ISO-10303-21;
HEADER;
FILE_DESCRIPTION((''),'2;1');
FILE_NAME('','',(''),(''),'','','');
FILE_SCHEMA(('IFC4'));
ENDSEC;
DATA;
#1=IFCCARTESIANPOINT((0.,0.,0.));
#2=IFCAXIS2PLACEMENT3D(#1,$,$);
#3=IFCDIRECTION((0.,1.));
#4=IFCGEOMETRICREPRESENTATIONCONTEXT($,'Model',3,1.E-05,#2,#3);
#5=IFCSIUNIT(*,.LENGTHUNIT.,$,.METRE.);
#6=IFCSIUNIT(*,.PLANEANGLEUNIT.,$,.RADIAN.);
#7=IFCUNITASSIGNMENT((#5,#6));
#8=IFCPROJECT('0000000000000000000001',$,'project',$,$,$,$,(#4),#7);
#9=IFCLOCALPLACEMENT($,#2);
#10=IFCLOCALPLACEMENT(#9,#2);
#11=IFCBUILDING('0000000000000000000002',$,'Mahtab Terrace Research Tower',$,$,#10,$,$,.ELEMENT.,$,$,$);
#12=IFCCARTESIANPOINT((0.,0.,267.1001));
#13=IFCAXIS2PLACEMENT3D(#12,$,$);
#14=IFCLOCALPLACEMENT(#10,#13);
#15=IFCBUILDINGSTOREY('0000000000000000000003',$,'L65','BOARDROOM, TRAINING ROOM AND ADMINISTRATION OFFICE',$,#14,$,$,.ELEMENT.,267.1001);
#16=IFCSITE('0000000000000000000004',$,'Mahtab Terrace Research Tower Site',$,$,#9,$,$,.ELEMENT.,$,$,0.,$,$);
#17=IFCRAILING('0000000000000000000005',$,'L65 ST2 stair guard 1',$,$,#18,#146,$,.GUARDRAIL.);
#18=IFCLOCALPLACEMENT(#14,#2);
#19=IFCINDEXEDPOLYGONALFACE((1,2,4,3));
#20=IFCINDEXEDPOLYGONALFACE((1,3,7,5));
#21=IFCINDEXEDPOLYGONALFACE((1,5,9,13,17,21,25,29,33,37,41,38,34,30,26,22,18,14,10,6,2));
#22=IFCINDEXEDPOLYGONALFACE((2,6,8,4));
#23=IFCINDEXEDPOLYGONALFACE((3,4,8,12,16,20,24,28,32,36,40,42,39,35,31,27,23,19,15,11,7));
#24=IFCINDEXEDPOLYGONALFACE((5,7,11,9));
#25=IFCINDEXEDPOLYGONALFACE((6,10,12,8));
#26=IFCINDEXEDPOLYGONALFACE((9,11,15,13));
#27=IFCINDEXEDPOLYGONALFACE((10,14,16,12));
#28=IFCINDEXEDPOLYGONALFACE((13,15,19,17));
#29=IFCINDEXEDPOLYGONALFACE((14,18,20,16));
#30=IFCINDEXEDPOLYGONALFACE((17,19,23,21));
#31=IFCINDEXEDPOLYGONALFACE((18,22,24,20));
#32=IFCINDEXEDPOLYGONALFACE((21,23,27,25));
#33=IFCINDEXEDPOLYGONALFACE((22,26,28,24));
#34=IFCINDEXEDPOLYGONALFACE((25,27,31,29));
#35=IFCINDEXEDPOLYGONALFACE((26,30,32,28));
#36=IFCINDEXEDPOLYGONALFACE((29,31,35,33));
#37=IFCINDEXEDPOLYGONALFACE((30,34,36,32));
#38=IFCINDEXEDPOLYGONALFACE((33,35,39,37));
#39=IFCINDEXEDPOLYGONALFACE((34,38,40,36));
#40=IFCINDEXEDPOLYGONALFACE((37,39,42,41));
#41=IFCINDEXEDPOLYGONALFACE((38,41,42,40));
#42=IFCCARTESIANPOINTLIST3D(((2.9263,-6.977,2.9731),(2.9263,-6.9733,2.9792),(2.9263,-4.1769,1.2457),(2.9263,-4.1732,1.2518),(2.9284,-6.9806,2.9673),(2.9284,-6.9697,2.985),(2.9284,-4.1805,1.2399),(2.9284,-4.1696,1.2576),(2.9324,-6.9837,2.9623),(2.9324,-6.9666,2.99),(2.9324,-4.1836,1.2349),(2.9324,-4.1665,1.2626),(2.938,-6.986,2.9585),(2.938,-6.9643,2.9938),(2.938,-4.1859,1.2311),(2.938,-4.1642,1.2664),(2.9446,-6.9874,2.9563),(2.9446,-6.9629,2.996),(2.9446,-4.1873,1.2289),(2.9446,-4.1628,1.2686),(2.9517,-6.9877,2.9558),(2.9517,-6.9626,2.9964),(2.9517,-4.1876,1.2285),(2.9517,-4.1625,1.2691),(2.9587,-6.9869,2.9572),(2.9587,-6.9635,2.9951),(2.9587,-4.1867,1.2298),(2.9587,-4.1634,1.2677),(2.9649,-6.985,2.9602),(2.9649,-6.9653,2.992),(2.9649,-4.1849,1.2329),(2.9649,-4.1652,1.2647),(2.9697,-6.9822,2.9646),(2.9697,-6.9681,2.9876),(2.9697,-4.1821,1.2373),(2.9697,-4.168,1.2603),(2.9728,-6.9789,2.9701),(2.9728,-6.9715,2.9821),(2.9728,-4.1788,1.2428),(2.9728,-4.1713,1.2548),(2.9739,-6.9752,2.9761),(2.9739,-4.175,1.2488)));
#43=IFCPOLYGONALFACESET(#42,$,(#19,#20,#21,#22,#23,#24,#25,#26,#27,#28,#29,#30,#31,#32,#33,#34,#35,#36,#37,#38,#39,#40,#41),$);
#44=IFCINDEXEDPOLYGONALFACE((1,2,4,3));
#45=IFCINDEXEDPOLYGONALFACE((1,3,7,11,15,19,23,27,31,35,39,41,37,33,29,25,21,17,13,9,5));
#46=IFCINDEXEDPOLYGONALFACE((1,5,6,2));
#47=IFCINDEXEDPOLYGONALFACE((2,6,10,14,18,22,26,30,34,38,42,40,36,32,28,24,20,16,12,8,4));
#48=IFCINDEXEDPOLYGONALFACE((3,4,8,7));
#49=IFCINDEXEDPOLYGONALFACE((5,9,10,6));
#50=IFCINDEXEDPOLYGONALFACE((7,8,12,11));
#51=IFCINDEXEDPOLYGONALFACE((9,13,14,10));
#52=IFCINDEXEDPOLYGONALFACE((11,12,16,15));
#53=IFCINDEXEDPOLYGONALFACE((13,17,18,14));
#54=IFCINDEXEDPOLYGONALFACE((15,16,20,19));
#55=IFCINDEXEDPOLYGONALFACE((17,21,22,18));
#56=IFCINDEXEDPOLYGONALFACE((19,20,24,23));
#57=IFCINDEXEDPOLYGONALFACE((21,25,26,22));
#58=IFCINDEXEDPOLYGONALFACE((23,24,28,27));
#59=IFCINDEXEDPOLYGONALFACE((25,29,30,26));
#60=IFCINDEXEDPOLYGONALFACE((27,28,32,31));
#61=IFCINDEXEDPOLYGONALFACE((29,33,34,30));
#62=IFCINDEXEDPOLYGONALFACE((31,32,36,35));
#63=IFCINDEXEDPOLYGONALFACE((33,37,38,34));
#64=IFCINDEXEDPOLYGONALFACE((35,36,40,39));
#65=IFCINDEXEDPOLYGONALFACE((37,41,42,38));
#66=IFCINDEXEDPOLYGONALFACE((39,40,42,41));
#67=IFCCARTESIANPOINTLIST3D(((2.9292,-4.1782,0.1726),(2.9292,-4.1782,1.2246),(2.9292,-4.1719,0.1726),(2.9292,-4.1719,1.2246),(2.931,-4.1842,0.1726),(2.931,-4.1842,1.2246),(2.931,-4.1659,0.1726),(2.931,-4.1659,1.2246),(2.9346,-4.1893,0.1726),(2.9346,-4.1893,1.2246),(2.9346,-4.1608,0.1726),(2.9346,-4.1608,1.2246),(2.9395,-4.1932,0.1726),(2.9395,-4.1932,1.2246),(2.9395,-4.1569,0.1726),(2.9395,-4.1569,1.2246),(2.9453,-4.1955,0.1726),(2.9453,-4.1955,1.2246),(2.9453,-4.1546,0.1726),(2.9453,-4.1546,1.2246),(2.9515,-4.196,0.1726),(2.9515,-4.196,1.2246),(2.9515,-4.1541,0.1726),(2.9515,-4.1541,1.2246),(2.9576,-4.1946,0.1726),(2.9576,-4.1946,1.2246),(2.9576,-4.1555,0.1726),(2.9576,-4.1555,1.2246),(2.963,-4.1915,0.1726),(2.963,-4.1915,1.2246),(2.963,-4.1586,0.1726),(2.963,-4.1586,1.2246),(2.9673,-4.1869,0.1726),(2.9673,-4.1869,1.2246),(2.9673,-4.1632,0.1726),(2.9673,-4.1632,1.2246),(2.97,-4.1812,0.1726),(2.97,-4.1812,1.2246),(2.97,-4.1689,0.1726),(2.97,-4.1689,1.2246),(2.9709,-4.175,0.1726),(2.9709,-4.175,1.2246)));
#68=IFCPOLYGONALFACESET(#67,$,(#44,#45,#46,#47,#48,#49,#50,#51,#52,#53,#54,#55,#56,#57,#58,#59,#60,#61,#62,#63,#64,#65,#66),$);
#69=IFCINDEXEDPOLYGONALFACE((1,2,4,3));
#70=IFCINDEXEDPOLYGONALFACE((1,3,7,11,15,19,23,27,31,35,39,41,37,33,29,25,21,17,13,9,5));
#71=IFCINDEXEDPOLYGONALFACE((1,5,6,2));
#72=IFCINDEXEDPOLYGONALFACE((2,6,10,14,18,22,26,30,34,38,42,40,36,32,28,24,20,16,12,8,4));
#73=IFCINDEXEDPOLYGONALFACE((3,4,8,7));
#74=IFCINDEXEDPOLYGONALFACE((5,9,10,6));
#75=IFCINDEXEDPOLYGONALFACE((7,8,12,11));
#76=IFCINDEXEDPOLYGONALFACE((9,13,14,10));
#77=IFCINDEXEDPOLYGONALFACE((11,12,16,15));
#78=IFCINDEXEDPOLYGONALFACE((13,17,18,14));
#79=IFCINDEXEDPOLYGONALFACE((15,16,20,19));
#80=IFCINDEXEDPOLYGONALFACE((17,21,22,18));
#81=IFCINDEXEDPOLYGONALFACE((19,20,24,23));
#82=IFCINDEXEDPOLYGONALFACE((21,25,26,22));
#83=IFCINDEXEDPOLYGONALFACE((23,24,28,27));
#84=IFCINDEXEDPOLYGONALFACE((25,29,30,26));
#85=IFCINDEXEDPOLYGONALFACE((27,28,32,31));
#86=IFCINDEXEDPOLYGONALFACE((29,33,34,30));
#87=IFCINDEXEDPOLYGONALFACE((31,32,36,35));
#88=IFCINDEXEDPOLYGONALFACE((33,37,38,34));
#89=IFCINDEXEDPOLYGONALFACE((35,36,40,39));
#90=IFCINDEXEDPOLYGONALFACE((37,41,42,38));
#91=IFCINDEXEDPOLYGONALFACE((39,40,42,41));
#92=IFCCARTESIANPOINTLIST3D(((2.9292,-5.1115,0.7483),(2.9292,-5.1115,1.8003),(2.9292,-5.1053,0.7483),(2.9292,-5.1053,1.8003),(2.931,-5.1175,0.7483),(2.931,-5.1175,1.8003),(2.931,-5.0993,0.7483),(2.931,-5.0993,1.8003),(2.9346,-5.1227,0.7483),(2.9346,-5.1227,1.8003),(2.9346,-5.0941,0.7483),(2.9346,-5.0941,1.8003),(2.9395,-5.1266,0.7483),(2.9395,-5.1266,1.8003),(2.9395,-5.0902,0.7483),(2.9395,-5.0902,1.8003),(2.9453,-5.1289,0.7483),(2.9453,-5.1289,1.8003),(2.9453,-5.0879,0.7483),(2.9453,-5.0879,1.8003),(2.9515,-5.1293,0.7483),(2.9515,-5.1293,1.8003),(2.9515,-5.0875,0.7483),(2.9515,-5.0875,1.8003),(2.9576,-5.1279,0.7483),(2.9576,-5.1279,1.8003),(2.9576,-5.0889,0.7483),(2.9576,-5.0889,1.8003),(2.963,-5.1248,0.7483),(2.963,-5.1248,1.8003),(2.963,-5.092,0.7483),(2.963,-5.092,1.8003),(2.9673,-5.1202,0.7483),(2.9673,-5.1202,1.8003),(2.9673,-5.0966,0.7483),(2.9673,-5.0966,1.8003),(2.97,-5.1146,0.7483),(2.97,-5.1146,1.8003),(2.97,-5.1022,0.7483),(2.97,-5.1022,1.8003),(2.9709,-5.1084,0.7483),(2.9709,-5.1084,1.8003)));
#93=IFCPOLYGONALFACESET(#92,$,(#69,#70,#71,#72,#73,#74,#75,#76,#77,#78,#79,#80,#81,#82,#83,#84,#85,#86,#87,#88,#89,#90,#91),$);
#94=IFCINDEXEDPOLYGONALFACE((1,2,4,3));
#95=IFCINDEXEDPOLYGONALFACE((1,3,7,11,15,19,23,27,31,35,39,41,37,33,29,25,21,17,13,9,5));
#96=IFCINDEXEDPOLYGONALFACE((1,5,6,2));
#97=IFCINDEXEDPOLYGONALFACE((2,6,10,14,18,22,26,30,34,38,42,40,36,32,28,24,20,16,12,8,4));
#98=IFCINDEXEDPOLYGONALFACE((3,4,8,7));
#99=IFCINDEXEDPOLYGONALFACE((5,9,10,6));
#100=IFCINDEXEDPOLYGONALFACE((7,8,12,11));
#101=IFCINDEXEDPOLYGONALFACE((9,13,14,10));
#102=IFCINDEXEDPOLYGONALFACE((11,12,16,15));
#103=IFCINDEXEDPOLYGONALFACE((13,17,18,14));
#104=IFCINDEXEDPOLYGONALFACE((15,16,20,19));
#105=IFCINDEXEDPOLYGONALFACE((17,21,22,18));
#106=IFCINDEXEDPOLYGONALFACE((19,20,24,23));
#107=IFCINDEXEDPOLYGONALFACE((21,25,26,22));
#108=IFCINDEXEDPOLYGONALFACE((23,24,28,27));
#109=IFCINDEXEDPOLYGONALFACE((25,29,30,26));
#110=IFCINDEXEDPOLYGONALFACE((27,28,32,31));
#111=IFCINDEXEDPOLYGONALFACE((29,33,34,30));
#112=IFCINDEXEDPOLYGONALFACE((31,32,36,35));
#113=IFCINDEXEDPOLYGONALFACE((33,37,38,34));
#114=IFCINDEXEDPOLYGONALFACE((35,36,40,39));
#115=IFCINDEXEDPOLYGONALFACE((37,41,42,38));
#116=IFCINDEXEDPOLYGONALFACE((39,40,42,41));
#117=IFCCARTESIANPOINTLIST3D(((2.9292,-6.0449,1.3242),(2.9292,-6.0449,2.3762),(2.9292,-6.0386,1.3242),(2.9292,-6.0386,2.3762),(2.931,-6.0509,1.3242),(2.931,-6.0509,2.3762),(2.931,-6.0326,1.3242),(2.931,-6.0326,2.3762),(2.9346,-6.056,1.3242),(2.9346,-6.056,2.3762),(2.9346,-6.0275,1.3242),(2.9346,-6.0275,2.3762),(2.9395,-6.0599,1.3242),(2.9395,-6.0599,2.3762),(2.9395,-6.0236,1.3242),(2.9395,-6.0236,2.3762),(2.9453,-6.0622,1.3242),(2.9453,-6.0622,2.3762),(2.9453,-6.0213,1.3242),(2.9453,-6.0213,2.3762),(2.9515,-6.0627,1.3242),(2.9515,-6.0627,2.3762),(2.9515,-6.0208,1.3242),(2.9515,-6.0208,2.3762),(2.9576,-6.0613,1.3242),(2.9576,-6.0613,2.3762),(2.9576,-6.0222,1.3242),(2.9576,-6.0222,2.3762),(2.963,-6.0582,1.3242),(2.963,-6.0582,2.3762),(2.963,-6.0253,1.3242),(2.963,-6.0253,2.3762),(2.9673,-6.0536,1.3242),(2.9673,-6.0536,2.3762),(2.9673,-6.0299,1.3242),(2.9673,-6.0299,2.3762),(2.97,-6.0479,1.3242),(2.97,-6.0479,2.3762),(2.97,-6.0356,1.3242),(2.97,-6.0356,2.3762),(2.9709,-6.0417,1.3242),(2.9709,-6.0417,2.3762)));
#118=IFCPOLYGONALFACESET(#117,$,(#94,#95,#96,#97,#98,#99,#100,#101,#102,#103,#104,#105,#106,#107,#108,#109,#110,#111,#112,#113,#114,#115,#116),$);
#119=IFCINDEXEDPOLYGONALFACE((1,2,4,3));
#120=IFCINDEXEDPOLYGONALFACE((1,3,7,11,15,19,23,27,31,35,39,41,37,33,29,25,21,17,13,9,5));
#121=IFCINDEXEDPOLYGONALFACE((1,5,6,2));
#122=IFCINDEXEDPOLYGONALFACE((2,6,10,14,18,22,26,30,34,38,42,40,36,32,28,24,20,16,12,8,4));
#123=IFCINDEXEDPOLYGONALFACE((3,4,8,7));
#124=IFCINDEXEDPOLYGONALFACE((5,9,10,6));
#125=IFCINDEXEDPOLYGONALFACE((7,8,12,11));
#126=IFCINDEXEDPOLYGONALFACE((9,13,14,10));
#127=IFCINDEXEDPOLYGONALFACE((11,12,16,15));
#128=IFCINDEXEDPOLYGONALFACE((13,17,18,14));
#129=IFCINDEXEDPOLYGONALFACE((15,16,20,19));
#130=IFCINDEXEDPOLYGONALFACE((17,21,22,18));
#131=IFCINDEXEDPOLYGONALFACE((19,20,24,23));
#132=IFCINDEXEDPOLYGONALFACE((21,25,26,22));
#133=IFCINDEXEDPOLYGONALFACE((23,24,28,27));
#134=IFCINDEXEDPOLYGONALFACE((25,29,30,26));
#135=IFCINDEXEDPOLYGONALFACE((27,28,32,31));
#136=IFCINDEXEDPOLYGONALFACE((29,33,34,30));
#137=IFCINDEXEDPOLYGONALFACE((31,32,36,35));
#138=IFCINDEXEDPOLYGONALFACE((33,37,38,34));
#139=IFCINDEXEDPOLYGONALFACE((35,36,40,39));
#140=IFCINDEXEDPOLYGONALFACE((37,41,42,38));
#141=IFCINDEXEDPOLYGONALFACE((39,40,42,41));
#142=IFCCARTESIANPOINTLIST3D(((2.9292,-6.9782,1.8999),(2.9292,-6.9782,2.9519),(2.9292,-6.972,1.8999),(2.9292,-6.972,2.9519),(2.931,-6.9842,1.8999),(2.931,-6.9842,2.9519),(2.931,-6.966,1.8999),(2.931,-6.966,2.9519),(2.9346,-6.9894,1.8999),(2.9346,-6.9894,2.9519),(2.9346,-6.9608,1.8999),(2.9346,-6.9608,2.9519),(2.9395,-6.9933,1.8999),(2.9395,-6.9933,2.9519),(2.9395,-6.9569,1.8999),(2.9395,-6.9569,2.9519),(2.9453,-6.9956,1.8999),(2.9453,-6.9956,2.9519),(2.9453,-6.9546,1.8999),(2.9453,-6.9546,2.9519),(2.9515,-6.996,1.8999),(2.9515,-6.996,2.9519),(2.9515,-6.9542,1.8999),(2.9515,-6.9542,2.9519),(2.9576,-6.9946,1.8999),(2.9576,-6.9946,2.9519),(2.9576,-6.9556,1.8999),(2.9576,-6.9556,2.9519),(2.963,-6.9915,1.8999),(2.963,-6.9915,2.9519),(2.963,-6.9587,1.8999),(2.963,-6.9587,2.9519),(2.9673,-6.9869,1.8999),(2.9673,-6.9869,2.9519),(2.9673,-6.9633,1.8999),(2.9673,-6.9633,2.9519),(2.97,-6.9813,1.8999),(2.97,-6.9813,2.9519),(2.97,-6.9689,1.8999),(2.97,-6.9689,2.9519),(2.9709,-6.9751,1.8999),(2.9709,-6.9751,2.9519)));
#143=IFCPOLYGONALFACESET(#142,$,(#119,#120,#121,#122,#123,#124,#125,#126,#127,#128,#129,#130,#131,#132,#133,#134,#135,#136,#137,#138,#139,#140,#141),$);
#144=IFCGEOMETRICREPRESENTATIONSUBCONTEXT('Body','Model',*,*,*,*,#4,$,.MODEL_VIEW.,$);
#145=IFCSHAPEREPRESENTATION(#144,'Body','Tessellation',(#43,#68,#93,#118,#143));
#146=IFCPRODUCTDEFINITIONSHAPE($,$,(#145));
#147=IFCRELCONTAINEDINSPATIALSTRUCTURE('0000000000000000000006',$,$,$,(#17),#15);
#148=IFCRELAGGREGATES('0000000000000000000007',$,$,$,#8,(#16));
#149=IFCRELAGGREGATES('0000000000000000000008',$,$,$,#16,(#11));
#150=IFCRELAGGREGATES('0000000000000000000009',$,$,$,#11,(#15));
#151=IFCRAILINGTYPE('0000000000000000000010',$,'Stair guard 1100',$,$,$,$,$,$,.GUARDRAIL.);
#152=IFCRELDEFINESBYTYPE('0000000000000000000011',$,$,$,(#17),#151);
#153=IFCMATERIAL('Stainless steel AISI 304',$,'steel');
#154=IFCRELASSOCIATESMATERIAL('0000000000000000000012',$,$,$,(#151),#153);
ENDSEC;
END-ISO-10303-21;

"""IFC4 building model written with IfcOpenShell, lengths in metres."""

from ifc_helpers import new_model, si_unit, direction, frame, origin, origin_2d, place, context, subcontext, project, spatial, circle, extrude, material, type_object, element, save


model = new_model("IFC4")

# Units and contexts
model_context = context("Model", 3, precision=1e-05, world=origin(), true_north=direction((0.0, 1.0)))
body_context = subcontext(model_context, "Body", "Model", "MODEL_VIEW")
ifc_project = project(units=[si_unit("LENGTHUNIT", "METRE"), si_unit("PLANEANGLEUNIT", "RADIAN")], contexts=[model_context])

# Site, building, storey
site_placement = place(None, origin())
site = spatial("IfcSite", under=ifc_project, at=site_placement, Name="Mahtab Terrace Research Tower Site", CompositionType="ELEMENT", RefElevation=0.0)
building_placement = place(site_placement, origin())
building = spatial("IfcBuilding", under=site, at=building_placement, Name="Mahtab Terrace Research Tower", CompositionType="ELEMENT")
storey_placement = place(building_placement, frame((0.0, 0.0, 267.1001)))
storey = spatial("IfcBuildingStorey", under=building, at=storey_placement, Name="L65", Description="BOARDROOM, TRAINING ROOM AND ADMINISTRATION OFFICE", CompositionType="ELEMENT", Elevation=267.1001)

# Railing
ifc_material_1 = material(Name="Stainless steel AISI 304", Category="steel")
railing_type_1 = type_object("IfcRailingType", Name="Stair guard 1100", PredefinedType="GUARDRAIL", material=ifc_material_1)
railing_1_placement = place(storey_placement, frame((2.95, -4.175, 0.1726)))
element("IfcRailing", 1, at=railing_1_placement, inside=storey, type_object=railing_type_1, Name="L65 ST2 stair guard 1", PredefinedType="GUARDRAIL", context=body_context, shape_type="SweptSolid", body=[
    extrude(circle(Radius=0.0239, at=origin_2d()), frame((0.0, 0.0, 1.0762), z_axis=(0.0, -0.85109, 0.52502), x_axis=(1.0, 0.0, 0.0)), (0.0, 0.0, 1.0), 3.29),
    extrude(circle(Radius=0.021, at=origin_2d()), origin(), (0.0, 0.0, 1.0), 1.052),
    extrude(circle(Radius=0.021, at=origin_2d()), frame((0.0, -0.9333, 0.5757)), (0.0, 0.0, 1.0), 1.052),
    extrude(circle(Radius=0.021, at=origin_2d()), frame((0.0, -1.8667, 1.1516)), (0.0, 0.0, 1.0), 1.052),
    extrude(circle(Radius=0.021, at=origin_2d()), frame((0.0, -2.8, 1.7273)), (0.0, 0.0, 1.0), 1.052),
])

save(model, "model.ifc")
